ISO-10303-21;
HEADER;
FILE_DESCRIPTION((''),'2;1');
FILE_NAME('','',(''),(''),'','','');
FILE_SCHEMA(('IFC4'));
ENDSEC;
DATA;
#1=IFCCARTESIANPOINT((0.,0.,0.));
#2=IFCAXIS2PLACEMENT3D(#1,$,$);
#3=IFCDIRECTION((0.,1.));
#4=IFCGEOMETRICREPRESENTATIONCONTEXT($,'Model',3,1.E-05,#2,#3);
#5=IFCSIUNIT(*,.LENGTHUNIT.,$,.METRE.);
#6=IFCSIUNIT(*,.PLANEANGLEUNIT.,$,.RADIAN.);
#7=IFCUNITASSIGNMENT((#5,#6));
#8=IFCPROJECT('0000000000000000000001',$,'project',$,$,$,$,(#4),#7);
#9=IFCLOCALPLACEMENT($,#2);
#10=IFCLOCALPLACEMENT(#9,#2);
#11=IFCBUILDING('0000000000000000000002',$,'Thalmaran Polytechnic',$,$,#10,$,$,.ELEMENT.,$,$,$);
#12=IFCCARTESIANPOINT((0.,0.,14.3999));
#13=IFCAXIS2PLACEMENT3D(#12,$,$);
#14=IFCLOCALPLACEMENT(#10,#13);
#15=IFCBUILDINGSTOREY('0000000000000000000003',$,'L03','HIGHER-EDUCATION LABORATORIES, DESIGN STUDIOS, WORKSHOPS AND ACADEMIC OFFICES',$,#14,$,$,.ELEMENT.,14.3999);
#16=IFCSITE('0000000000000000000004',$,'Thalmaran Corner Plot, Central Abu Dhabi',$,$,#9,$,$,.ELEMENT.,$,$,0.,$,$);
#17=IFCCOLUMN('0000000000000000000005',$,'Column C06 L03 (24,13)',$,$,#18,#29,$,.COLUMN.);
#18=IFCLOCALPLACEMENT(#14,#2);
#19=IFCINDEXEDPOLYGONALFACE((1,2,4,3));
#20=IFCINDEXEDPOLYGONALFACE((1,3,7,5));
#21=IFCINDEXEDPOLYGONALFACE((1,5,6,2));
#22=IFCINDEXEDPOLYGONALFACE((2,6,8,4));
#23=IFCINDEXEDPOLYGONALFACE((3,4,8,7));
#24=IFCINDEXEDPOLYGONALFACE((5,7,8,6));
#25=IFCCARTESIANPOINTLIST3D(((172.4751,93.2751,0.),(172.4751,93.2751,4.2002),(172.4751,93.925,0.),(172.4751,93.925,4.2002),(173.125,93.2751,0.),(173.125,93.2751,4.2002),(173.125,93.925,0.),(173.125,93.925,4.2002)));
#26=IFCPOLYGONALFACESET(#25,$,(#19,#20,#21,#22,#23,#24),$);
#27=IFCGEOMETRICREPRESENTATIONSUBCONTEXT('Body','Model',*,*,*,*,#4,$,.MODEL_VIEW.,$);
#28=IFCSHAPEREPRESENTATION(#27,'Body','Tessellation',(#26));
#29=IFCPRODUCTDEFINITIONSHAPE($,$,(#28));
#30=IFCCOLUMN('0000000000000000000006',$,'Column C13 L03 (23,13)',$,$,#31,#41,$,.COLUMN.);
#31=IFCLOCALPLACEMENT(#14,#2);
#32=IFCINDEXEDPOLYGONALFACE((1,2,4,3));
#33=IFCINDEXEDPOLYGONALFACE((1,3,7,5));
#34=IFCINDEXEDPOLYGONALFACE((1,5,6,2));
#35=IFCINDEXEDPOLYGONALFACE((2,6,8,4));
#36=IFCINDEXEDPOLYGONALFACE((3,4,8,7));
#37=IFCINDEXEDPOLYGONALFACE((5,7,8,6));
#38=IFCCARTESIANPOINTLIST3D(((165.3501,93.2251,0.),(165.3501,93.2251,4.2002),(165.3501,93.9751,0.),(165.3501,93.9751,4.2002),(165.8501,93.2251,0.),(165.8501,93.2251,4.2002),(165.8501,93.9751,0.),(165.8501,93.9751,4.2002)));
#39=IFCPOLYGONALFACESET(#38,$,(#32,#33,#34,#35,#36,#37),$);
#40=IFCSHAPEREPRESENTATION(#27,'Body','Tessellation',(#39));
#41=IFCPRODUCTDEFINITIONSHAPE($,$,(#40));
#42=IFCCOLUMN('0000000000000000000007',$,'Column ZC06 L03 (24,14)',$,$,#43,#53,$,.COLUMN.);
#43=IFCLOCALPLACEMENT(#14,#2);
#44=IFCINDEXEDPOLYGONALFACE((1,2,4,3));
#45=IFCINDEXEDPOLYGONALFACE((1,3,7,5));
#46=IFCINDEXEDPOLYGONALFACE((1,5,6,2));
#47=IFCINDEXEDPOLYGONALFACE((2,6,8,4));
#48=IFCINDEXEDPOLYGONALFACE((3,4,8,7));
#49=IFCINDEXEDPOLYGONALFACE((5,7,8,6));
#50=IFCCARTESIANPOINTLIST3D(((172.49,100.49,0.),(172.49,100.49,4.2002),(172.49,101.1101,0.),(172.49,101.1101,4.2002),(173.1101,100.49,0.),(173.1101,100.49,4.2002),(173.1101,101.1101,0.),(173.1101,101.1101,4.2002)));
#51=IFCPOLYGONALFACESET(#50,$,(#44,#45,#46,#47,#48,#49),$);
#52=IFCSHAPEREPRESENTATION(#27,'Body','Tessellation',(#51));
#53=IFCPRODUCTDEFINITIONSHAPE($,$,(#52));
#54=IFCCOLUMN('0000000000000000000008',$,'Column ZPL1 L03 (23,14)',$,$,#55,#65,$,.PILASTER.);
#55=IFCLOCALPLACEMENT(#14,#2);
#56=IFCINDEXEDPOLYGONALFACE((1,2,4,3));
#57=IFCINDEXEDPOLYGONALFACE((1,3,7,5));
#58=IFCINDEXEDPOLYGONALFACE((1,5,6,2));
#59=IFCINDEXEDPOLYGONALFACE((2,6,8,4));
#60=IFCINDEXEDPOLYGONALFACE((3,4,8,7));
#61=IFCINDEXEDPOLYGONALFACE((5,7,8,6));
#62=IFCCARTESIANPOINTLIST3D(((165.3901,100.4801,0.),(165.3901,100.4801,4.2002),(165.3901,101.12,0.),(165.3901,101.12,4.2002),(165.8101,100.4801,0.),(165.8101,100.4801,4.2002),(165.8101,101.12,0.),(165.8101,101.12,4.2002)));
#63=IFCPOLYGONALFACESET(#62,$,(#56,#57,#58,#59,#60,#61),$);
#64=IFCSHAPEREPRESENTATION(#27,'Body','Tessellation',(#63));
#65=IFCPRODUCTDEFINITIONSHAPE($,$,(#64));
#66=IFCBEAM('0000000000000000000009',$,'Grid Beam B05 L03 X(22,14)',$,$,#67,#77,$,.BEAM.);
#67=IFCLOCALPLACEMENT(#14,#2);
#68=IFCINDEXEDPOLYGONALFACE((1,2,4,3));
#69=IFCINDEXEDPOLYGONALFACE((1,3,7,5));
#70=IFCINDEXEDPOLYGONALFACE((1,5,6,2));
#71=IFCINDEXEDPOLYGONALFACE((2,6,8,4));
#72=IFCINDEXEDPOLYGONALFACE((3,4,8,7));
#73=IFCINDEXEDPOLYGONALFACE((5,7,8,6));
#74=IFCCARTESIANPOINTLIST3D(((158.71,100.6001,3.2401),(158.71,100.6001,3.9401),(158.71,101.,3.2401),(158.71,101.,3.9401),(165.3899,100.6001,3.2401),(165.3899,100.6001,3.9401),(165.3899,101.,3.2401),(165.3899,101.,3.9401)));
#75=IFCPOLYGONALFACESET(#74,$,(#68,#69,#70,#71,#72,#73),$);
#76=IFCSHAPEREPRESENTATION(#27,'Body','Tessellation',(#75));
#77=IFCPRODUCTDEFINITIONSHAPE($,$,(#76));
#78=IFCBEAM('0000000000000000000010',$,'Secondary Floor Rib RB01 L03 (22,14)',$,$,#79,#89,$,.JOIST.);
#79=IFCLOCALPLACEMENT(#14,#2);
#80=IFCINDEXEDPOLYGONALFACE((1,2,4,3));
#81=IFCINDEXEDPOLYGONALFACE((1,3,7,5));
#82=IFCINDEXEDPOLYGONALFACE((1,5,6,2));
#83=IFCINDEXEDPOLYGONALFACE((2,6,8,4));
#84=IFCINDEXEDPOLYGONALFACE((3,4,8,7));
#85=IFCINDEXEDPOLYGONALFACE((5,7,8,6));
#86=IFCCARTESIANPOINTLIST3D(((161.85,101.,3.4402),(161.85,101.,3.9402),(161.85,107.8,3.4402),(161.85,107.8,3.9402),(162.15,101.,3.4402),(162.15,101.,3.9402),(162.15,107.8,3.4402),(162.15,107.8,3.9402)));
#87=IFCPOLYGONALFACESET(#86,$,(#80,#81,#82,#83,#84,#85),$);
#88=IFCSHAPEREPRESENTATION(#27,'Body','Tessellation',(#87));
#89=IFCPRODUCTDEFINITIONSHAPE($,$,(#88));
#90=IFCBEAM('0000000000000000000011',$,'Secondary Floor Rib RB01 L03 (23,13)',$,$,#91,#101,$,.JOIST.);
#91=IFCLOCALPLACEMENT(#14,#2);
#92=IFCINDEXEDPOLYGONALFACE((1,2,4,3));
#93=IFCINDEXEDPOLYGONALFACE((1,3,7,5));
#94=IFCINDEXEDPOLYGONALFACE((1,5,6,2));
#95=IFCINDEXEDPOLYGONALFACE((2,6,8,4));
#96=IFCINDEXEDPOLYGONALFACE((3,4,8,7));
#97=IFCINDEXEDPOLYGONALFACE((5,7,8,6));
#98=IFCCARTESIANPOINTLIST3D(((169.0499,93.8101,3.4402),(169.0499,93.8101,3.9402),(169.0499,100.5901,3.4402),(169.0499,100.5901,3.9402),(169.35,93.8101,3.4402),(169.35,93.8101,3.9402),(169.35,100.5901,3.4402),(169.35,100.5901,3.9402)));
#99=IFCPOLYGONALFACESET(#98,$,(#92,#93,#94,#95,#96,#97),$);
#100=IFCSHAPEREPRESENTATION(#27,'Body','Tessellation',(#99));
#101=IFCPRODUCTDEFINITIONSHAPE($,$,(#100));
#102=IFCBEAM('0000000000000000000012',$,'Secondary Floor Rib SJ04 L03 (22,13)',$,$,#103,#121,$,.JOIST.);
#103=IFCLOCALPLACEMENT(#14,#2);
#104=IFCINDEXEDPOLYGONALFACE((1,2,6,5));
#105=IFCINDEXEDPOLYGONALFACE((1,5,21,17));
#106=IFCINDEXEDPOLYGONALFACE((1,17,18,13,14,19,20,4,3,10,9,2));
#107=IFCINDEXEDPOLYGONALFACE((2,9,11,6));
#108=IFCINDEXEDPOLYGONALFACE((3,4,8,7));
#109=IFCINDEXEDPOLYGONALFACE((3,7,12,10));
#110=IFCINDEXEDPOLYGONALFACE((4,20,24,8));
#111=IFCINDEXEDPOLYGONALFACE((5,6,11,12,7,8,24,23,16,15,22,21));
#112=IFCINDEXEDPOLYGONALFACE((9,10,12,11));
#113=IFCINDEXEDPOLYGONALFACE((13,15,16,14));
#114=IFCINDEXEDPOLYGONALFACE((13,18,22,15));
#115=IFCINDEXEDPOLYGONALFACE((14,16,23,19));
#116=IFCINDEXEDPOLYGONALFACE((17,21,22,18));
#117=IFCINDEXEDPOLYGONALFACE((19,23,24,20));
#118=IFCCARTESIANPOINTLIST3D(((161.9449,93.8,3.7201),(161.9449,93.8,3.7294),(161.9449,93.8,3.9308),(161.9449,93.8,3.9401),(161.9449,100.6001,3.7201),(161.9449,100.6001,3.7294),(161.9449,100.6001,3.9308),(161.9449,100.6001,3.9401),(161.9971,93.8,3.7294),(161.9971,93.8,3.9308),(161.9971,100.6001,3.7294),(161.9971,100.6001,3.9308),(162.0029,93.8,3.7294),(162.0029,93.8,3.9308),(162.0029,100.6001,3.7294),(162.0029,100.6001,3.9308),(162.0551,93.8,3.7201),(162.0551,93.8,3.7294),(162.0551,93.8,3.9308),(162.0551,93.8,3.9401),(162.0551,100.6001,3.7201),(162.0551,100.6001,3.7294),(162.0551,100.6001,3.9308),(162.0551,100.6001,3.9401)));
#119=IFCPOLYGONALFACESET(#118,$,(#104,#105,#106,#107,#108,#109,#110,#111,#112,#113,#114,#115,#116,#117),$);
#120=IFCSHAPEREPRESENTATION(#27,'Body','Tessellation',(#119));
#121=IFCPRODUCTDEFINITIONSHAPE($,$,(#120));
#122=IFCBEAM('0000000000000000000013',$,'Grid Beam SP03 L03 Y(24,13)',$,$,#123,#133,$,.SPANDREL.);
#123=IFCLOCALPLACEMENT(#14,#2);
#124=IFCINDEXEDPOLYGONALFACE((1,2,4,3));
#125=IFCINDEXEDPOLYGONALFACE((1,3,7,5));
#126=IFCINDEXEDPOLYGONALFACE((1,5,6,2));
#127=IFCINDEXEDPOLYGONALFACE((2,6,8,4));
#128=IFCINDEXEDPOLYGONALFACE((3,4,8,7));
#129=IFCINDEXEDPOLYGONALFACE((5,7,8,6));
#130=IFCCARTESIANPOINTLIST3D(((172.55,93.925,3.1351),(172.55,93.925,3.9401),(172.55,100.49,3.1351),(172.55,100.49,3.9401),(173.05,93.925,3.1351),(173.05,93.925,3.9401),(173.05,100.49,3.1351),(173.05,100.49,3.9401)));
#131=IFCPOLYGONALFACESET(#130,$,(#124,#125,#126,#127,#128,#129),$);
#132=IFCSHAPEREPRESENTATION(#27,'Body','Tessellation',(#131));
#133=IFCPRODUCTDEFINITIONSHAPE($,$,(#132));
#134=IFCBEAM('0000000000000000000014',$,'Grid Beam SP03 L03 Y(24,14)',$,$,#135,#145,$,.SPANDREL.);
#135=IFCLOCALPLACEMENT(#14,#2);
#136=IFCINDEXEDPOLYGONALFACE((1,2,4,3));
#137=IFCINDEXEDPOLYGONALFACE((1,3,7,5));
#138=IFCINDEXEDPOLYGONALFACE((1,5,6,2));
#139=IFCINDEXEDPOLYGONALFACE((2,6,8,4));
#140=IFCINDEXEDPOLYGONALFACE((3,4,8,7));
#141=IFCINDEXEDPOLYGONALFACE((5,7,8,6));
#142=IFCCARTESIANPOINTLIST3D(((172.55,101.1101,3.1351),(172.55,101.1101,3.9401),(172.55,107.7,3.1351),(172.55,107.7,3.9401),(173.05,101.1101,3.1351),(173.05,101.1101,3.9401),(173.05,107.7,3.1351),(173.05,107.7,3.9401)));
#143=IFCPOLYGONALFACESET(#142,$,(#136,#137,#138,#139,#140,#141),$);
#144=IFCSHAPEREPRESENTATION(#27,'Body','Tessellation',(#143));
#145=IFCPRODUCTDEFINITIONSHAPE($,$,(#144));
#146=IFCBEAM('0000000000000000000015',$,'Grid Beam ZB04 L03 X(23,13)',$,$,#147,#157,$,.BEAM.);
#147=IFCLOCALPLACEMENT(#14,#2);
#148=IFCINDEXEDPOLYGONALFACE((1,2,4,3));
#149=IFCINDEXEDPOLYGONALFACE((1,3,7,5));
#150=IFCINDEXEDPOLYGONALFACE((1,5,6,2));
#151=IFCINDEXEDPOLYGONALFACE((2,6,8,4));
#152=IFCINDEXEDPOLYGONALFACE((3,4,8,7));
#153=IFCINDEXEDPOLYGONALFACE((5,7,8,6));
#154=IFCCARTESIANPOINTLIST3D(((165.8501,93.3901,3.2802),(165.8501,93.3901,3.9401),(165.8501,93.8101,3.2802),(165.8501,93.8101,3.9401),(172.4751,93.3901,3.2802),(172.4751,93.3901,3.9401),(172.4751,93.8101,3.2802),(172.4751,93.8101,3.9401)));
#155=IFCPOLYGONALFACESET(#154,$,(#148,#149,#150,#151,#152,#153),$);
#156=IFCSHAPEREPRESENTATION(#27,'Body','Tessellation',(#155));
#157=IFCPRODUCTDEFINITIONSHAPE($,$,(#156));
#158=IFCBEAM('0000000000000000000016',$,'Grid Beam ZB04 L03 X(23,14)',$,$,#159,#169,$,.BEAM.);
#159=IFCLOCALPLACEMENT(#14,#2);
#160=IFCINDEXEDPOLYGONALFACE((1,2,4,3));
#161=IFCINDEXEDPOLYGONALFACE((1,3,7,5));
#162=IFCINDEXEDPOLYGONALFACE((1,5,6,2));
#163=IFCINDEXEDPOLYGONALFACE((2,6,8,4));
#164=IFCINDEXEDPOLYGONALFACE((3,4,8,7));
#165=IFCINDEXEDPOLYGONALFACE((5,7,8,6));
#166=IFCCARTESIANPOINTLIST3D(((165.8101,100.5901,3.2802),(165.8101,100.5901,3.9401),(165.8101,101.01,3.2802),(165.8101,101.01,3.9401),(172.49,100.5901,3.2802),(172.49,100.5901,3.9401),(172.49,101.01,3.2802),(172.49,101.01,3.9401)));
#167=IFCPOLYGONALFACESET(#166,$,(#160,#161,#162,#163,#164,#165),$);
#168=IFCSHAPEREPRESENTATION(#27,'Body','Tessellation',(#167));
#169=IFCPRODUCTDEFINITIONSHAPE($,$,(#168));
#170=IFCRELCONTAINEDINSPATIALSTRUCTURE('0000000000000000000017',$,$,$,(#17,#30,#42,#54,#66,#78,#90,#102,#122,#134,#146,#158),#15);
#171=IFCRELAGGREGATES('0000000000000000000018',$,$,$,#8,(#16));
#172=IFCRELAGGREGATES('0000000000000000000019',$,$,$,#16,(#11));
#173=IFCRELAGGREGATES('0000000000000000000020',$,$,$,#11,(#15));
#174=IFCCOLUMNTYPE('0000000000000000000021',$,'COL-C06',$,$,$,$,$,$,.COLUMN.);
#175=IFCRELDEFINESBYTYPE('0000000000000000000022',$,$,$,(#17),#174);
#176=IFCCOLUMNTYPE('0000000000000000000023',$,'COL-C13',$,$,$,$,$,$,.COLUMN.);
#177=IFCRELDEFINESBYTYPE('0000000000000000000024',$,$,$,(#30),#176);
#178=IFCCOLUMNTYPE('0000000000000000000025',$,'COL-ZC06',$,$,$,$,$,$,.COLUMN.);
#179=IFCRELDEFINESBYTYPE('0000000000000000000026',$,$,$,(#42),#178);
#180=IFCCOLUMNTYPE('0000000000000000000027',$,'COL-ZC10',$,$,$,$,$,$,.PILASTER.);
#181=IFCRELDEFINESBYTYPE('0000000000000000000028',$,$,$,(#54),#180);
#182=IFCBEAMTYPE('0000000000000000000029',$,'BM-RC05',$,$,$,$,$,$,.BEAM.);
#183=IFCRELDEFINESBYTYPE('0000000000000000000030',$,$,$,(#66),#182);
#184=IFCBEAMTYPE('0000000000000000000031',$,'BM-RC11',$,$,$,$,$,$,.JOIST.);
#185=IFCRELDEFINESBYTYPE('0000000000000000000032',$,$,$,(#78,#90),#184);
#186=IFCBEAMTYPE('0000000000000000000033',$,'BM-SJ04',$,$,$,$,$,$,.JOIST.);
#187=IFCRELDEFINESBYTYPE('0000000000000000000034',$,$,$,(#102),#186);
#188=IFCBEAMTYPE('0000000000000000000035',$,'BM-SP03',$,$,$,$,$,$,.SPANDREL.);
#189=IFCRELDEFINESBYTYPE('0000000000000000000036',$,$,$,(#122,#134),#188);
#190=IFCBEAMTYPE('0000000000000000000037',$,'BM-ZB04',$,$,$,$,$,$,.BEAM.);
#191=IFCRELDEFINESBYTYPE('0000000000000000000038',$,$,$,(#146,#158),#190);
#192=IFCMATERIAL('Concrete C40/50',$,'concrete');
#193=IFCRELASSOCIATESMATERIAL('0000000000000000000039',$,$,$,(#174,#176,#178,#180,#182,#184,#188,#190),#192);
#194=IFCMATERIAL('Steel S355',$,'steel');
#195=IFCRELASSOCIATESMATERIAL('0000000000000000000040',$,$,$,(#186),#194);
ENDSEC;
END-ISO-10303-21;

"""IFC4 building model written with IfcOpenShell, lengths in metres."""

from ifc_helpers import new_model, si_unit, direction, frame, origin, origin_2d, place, context, subcontext, project, spatial, rectangle, i_section, extrude, material, material_profile, profile_set, type_object, element, save


model = new_model("IFC4")

# Units and contexts
model_context = context("Model", 3, precision=1e-05, world=origin(), true_north=direction((0.0, 1.0)))
body_context = subcontext(model_context, "Body", "Model", "MODEL_VIEW")
ifc_project = project(units=[si_unit("LENGTHUNIT", "METRE"), si_unit("PLANEANGLEUNIT", "RADIAN")], contexts=[model_context])

# Site, building, storey
site_placement = place(None, origin())
site = spatial("IfcSite", under=ifc_project, at=site_placement, Name="Thalmaran Corner Plot, Central Abu Dhabi", CompositionType="ELEMENT", RefElevation=0.0)
building_placement = place(site_placement, origin())
building = spatial("IfcBuilding", under=site, at=building_placement, Name="Thalmaran Polytechnic", CompositionType="ELEMENT")
storey_placement = place(building_placement, frame((0.0, 0.0, 14.3999)))
storey = spatial("IfcBuildingStorey", under=building, at=storey_placement, Name="L03", Description="HIGHER-EDUCATION LABORATORIES, DESIGN STUDIOS, WORKSHOPS AND ACADEMIC OFFICES", CompositionType="ELEMENT", Elevation=14.3999)

# Columns
ifc_material_1 = material(Name="Concrete C40/50", Category="concrete")
ifc_material_profile_1 = material_profile(ifc_material_1, rectangle(XDim=0.6499, YDim=0.6499, at=origin_2d()), Name="RC 650x650")
ifc_profile_set_1 = profile_set([ifc_material_profile_1], Name="Concrete C40/50")
column_type_1 = type_object("IfcColumnType", Name="COL-C06", PredefinedType="COLUMN", material=ifc_profile_set_1)
column_1_placement = place(storey_placement, frame((172.8, 93.6001, 0.0), z_axis=(0.0, 0.0, 1.0), x_axis=(1.0, 0.0, 0.0)))
element("IfcColumn", 1, at=column_1_placement, inside=storey, type_object=column_type_1, Name="Column C06 L03 (24,13)", PredefinedType="COLUMN", context=body_context, shape_type="SweptSolid", body=[
    extrude(rectangle(XDim=0.6499, YDim=0.6499, at=origin_2d()), origin(), (0.0, 0.0, 1.0), 4.2002),
])
ifc_material_profile_2 = material_profile(ifc_material_1, rectangle(XDim=0.5, YDim=0.75, at=origin_2d()), Name="RC 500x750")
ifc_profile_set_2 = profile_set([ifc_material_profile_2], Name="Concrete C40/50")
column_type_2 = type_object("IfcColumnType", Name="COL-C13", PredefinedType="COLUMN", material=ifc_profile_set_2)
column_2_placement = place(storey_placement, frame((165.6001, 93.6001, 0.0), z_axis=(0.0, 0.0, 1.0), x_axis=(1.0, 0.0, 0.0)))
element("IfcColumn", 2, at=column_2_placement, inside=storey, type_object=column_type_2, Name="Column C13 L03 (23,13)", PredefinedType="COLUMN", context=body_context, shape_type="SweptSolid", body=[
    extrude(rectangle(XDim=0.5, YDim=0.75, at=origin_2d()), origin(), (0.0, 0.0, 1.0), 4.2002),
])
ifc_material_profile_3 = material_profile(ifc_material_1, rectangle(XDim=0.6201, YDim=0.6201, at=origin_2d()), Name="RC 620x620")
ifc_profile_set_3 = profile_set([ifc_material_profile_3], Name="Concrete C40/50")
column_type_3 = type_object("IfcColumnType", Name="COL-ZC06", PredefinedType="COLUMN", material=ifc_profile_set_3)
column_3_placement = place(storey_placement, frame((172.8, 100.8, 0.0), z_axis=(0.0, 0.0, 1.0), x_axis=(1.0, 0.0, 0.0)))
element("IfcColumn", 3, at=column_3_placement, inside=storey, type_object=column_type_3, Name="Column ZC06 L03 (24,14)", PredefinedType="COLUMN", context=body_context, shape_type="SweptSolid", body=[
    extrude(rectangle(XDim=0.6201, YDim=0.6201, at=origin_2d()), origin(), (0.0, 0.0, 1.0), 4.2002),
])
ifc_material_profile_4 = material_profile(ifc_material_1, rectangle(XDim=0.4199, YDim=0.6399, at=origin_2d()), Name="RC 420x640")
ifc_profile_set_4 = profile_set([ifc_material_profile_4], Name="Concrete C40/50")
column_type_4 = type_object("IfcColumnType", Name="COL-ZC10", PredefinedType="PILASTER", material=ifc_profile_set_4)
column_4_placement = place(storey_placement, frame((165.6001, 100.8, 0.0), z_axis=(0.0, 0.0, 1.0), x_axis=(1.0, 0.0, 0.0)))
element("IfcColumn", 4, at=column_4_placement, inside=storey, type_object=column_type_4, Name="Column ZPL1 L03 (23,14)", PredefinedType="PILASTER", context=body_context, shape_type="SweptSolid", body=[
    extrude(rectangle(XDim=0.4199, YDim=0.6399, at=origin_2d()), origin(), (0.0, 0.0, 1.0), 4.2002),
])

# Beams
ifc_material_profile_5 = material_profile(ifc_material_1, rectangle(XDim=0.3999, YDim=0.7, at=origin_2d()), Name="RC 400x700")
ifc_profile_set_5 = profile_set([ifc_material_profile_5], Name="Concrete C40/50")
beam_type_1 = type_object("IfcBeamType", Name="BM-RC05", PredefinedType="BEAM", material=ifc_profile_set_5)
beam_1_placement = place(storey_placement, frame((158.71, 100.8, 3.5901), z_axis=(1.0, 0.0, 0.0), x_axis=(0.0, 1.0, 0.0)))
element("IfcBeam", 5, at=beam_1_placement, inside=storey, type_object=beam_type_1, Name="Grid Beam B05 L03 X(22,14)", PredefinedType="BEAM", context=body_context, shape_type="SweptSolid", body=[
    extrude(rectangle(XDim=0.3999, YDim=0.7, at=origin_2d()), origin(), (0.0, 0.0, 1.0), 6.6799),
])
ifc_material_profile_6 = material_profile(ifc_material_1, rectangle(XDim=0.3, YDim=0.5, at=origin_2d()), Name="RC 300x500")
ifc_profile_set_6 = profile_set([ifc_material_profile_6], Name="Concrete C40/50")
beam_type_2 = type_object("IfcBeamType", Name="BM-RC11", PredefinedType="JOIST", material=ifc_profile_set_6)
beam_2_placement = place(storey_placement, frame((162.0, 101.0, 3.6902), z_axis=(0.0, 1.0, 0.0), x_axis=(-1.0, 0.0, 0.0)))
element("IfcBeam", 6, at=beam_2_placement, inside=storey, type_object=beam_type_2, Name="Secondary Floor Rib RB01 L03 (22,14)", PredefinedType="JOIST", context=body_context, shape_type="SweptSolid", body=[
    extrude(rectangle(XDim=0.3, YDim=0.5, at=origin_2d()), origin(), (0.0, 0.0, 1.0), 6.8),
])
beam_3_placement = place(storey_placement, frame((169.2, 93.8101, 3.6902), z_axis=(0.0, 1.0, 0.0), x_axis=(-1.0, 0.0, 0.0)))
element("IfcBeam", 7, at=beam_3_placement, inside=storey, type_object=beam_type_2, Name="Secondary Floor Rib RB01 L03 (23,13)", PredefinedType="JOIST", context=body_context, shape_type="SweptSolid", body=[
    extrude(rectangle(XDim=0.3, YDim=0.5, at=origin_2d()), origin(), (0.0, 0.0, 1.0), 6.78),
])
ifc_material_2 = material(Name="Steel S355", Category="steel")
ifc_material_profile_7 = material_profile(ifc_material_2, i_section(OverallWidth=0.1101, OverallDepth=0.22, WebThickness=0.0059, FlangeThickness=0.0093, at=origin_2d()), Name="IPE 220")
ifc_profile_set_7 = profile_set([ifc_material_profile_7], Name="Steel S355")
beam_type_3 = type_object("IfcBeamType", Name="BM-SJ04", PredefinedType="JOIST", material=ifc_profile_set_7)
beam_4_placement = place(storey_placement, frame((162.0, 93.8, 3.8301), z_axis=(0.0, 1.0, 0.0), x_axis=(-1.0, 0.0, 0.0)))
element("IfcBeam", 8, at=beam_4_placement, inside=storey, type_object=beam_type_3, Name="Secondary Floor Rib SJ04 L03 (22,13)", PredefinedType="JOIST", context=body_context, shape_type="SweptSolid", body=[
    extrude(i_section(OverallWidth=0.1101, OverallDepth=0.22, WebThickness=0.0059, FlangeThickness=0.0093, at=origin_2d()), origin(), (0.0, 0.0, 1.0), 6.8),
])
ifc_material_profile_8 = material_profile(ifc_material_1, rectangle(XDim=0.5, YDim=0.8049, at=origin_2d()), Name="RC 500x805")
ifc_profile_set_8 = profile_set([ifc_material_profile_8], Name="Concrete C40/50")
beam_type_4 = type_object("IfcBeamType", Name="BM-SP03", PredefinedType="SPANDREL", material=ifc_profile_set_8)
beam_5_placement = place(storey_placement, frame((172.8, 93.925, 3.5376), z_axis=(0.0, 1.0, 0.0), x_axis=(-1.0, 0.0, 0.0)))
element("IfcBeam", 9, at=beam_5_placement, inside=storey, type_object=beam_type_4, Name="Grid Beam SP03 L03 Y(24,13)", PredefinedType="SPANDREL", context=body_context, shape_type="SweptSolid", body=[
    extrude(rectangle(XDim=0.5, YDim=0.8049, at=origin_2d()), origin(), (0.0, 0.0, 1.0), 6.5649),
])
beam_6_placement = place(storey_placement, frame((172.8, 101.1101, 3.5376), z_axis=(0.0, 1.0, 0.0), x_axis=(-1.0, 0.0, 0.0)))
element("IfcBeam", 10, at=beam_6_placement, inside=storey, type_object=beam_type_4, Name="Grid Beam SP03 L03 Y(24,14)", PredefinedType="SPANDREL", context=body_context, shape_type="SweptSolid", body=[
    extrude(rectangle(XDim=0.5, YDim=0.8049, at=origin_2d()), origin(), (0.0, 0.0, 1.0), 6.5898),
])
ifc_material_profile_9 = material_profile(ifc_material_1, rectangle(XDim=0.4199, YDim=0.6599, at=origin_2d()), Name="RC 420x660")
ifc_profile_set_9 = profile_set([ifc_material_profile_9], Name="Concrete C40/50")
beam_type_5 = type_object("IfcBeamType", Name="BM-ZB04", PredefinedType="BEAM", material=ifc_profile_set_9)
beam_7_placement = place(storey_placement, frame((165.8501, 93.6001, 3.6101), z_axis=(1.0, 0.0, 0.0), x_axis=(0.0, 1.0, 0.0)))
element("IfcBeam", 11, at=beam_7_placement, inside=storey, type_object=beam_type_5, Name="Grid Beam ZB04 L03 X(23,13)", PredefinedType="BEAM", context=body_context, shape_type="SweptSolid", body=[
    extrude(rectangle(XDim=0.4199, YDim=0.6599, at=origin_2d()), origin(), (0.0, 0.0, 1.0), 6.625),
])
beam_8_placement = place(storey_placement, frame((165.8101, 100.8, 3.6101), z_axis=(1.0, 0.0, 0.0), x_axis=(0.0, 1.0, 0.0)))
element("IfcBeam", 12, at=beam_8_placement, inside=storey, type_object=beam_type_5, Name="Grid Beam ZB04 L03 X(23,14)", PredefinedType="BEAM", context=body_context, shape_type="SweptSolid", body=[
    extrude(rectangle(XDim=0.4199, YDim=0.6599, at=origin_2d()), origin(), (0.0, 0.0, 1.0), 6.6799),
])

save(model, "model.ifc")
